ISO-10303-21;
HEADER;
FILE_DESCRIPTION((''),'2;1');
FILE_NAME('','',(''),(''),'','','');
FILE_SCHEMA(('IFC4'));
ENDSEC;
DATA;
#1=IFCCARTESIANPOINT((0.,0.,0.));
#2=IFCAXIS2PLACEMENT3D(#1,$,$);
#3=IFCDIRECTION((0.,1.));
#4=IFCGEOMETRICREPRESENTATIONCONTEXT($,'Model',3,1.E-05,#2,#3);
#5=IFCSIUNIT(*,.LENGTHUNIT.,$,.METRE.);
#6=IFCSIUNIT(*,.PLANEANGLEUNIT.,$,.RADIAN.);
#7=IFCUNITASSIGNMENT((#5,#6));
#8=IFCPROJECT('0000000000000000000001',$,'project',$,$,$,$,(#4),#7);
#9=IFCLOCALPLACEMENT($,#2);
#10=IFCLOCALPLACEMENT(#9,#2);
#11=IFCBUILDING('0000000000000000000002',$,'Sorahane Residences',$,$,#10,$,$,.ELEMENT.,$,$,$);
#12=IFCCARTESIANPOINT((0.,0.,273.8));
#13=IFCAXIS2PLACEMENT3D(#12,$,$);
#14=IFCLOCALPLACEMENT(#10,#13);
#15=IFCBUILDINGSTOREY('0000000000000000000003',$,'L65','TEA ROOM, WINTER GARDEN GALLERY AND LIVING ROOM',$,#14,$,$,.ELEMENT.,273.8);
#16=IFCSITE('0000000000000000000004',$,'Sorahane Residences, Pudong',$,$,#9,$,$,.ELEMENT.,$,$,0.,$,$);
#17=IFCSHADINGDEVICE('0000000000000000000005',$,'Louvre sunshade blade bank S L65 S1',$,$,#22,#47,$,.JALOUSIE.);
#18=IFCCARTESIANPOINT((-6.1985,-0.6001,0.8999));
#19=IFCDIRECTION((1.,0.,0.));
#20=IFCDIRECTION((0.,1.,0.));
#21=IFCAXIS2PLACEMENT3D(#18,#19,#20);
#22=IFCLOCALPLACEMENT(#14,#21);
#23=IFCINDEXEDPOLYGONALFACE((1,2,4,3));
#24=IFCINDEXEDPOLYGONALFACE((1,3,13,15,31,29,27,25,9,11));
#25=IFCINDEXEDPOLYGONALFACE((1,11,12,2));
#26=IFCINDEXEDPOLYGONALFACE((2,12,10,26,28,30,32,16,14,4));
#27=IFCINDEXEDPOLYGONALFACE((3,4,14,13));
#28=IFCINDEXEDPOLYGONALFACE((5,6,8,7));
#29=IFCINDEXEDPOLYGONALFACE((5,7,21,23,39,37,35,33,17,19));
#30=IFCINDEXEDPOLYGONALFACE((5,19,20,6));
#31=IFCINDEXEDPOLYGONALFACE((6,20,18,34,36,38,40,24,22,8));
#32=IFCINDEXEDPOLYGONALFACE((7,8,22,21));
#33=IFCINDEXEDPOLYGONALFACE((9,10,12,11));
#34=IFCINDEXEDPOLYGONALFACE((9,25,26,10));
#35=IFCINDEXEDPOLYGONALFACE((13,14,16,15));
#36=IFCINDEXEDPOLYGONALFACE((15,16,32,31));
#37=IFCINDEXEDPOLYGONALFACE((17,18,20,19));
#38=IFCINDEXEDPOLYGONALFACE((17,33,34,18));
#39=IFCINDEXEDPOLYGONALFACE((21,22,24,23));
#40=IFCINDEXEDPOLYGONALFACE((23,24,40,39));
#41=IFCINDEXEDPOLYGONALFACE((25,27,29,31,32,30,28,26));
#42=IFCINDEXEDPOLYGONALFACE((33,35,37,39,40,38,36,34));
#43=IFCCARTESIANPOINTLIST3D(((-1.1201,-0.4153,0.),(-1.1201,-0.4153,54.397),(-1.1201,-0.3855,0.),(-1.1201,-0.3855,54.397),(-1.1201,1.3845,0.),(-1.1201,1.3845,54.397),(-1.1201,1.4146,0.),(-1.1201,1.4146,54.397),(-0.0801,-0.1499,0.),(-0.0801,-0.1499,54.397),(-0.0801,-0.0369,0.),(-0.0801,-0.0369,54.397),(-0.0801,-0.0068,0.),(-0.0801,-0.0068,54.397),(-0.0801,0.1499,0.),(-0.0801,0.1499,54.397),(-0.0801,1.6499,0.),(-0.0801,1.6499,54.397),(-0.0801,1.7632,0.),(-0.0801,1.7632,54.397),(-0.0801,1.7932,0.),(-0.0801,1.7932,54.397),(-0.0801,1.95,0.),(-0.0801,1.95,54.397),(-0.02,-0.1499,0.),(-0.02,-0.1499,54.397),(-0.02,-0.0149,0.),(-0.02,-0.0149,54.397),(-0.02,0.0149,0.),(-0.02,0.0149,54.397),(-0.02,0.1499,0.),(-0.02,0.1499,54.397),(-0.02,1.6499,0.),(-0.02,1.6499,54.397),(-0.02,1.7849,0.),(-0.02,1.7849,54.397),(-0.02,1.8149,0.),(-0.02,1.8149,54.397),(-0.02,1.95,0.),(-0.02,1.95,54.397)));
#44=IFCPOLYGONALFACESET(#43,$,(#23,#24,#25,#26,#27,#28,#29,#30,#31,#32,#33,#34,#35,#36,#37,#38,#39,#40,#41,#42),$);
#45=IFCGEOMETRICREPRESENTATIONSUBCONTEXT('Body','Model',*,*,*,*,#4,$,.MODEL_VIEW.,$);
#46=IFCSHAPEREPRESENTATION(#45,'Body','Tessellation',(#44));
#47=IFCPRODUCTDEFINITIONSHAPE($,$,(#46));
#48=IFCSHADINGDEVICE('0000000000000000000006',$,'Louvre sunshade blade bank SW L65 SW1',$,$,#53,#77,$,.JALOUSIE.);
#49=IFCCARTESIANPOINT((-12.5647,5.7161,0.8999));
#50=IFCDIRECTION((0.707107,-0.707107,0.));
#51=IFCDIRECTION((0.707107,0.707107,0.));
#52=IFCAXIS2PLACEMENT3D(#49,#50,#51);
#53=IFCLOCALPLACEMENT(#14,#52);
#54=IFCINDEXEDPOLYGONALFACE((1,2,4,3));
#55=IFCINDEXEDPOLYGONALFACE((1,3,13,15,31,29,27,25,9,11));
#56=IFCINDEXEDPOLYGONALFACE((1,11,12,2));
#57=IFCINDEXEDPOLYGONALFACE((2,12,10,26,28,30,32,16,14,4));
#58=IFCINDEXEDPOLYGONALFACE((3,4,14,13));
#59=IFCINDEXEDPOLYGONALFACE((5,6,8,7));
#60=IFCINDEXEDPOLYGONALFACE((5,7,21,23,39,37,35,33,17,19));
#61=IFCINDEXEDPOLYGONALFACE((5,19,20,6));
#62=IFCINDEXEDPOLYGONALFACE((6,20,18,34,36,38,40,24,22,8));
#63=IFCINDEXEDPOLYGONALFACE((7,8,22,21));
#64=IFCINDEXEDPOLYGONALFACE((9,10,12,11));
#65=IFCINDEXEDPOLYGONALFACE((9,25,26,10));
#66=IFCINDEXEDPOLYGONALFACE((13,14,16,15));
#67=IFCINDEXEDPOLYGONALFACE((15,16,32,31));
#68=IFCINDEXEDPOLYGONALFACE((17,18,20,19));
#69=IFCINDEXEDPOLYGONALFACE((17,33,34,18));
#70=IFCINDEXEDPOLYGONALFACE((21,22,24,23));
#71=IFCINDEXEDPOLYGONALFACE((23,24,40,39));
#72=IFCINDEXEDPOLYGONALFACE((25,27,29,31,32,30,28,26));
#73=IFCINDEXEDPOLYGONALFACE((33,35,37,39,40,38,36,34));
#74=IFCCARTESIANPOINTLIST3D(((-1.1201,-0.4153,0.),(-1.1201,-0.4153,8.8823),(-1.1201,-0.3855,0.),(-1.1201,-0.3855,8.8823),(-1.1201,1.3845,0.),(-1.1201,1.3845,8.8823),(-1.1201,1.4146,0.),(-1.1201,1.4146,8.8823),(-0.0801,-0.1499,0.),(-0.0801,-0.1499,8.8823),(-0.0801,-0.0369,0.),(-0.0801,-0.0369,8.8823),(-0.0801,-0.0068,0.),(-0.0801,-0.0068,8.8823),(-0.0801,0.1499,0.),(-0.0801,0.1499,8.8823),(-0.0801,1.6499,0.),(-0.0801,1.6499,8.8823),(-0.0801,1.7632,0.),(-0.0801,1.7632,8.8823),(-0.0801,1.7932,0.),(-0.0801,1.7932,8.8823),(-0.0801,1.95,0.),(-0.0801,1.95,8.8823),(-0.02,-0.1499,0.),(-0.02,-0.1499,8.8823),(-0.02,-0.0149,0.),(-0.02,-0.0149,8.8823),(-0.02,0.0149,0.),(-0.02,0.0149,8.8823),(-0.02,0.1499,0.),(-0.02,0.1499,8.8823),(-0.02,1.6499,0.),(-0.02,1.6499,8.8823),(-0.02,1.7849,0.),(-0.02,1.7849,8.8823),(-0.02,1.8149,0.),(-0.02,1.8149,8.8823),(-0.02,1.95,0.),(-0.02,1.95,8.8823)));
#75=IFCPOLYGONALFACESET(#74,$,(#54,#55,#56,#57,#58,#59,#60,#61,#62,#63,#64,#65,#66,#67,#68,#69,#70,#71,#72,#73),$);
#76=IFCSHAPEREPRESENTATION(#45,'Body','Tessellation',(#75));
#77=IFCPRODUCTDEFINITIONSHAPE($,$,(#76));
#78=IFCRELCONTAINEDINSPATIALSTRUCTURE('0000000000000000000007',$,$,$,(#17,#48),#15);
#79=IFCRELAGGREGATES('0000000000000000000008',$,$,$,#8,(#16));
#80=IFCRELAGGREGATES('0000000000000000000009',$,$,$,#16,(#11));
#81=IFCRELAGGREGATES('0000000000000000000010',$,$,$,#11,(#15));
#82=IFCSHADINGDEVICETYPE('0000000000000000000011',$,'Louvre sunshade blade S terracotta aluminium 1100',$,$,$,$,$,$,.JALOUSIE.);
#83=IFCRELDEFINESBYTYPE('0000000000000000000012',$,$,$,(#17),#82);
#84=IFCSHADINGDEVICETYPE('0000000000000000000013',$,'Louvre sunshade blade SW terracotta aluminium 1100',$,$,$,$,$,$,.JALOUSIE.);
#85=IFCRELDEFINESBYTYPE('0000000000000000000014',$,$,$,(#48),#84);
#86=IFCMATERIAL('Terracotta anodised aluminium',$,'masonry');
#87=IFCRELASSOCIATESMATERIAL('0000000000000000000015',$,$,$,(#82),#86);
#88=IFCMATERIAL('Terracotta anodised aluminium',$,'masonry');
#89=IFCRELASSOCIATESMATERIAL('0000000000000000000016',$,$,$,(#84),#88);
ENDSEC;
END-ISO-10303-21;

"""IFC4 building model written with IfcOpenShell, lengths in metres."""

from ifc_helpers import new_model, si_unit, direction, frame, origin, place, context, subcontext, project, spatial, polyline, outline, composite_profile, extrude, material, type_object, element, save


model = new_model("IFC4")

# Units and contexts
model_context = context("Model", 3, precision=1e-05, world=origin(), true_north=direction((0.0, 1.0)))
body_context = subcontext(model_context, "Body", "Model", "MODEL_VIEW")
ifc_project = project(units=[si_unit("LENGTHUNIT", "METRE"), si_unit("PLANEANGLEUNIT", "RADIAN")], contexts=[model_context])

# Site, building, storey
site_placement = place(None, origin())
site = spatial("IfcSite", under=ifc_project, at=site_placement, Name="Sorahane Residences, Pudong", CompositionType="ELEMENT", RefElevation=0.0)
building_placement = place(site_placement, origin())
building = spatial("IfcBuilding", under=site, at=building_placement, Name="Sorahane Residences", CompositionType="ELEMENT")
storey_placement = place(building_placement, frame((0.0, 0.0, 273.8)))
storey = spatial("IfcBuildingStorey", under=building, at=storey_placement, Name="L65", Description="TEA ROOM, WINTER GARDEN GALLERY AND LIVING ROOM", CompositionType="ELEMENT", Elevation=273.8)

# Shading devices
ifc_material_1 = material(Name="Terracotta anodised aluminium", Category="masonry")
shading_device_type_1 = type_object("IfcShadingDeviceType", Name="Louvre sunshade blade S terracotta aluminium 1100", PredefinedType="JALOUSIE", material=ifc_material_1)
shading_device_1_placement = place(storey_placement, frame((-6.1985, -0.6001, 0.8999), z_axis=(1.0, 0.0, 0.0), x_axis=(0.0, 1.0, 0.0)))
element("IfcShadingDevice", 1, at=shading_device_1_placement, inside=storey, type_object=shading_device_type_1, Name="Louvre sunshade blade bank S L65 S1", PredefinedType="JALOUSIE", context=body_context, shape_type="SweptSolid", body=[
    extrude(composite_profile([outline(polyline([(-1.1201, -0.3855), (-1.1201, -0.4153), (-0.0801, -0.0369), (-0.0801, -0.1499), (-0.02, -0.1499), (-0.02, -0.0149), (-0.02, 0.0149), (-0.02, 0.1499), (-0.0801, 0.1499), (-0.0801, -0.0068), (-1.1201, -0.3855)])), outline(polyline([(-1.1201, 1.4146), (-1.1201, 1.3845), (-0.0801, 1.7632), (-0.0801, 1.6499), (-0.02, 1.6499), (-0.02, 1.7849), (-0.02, 1.8149), (-0.02, 1.95), (-0.0801, 1.95), (-0.0801, 1.7932), (-1.1201, 1.4146)]))]), origin(), (0.0, 0.0, 1.0), 54.397),
])
ifc_material_2 = material(Name="Terracotta anodised aluminium", Category="masonry")
shading_device_type_2 = type_object("IfcShadingDeviceType", Name="Louvre sunshade blade SW terracotta aluminium 1100", PredefinedType="JALOUSIE", material=ifc_material_2)
shading_device_2_placement = place(storey_placement, frame((-12.5647, 5.7161, 0.8999), z_axis=(0.707107, -0.707107, 0.0), x_axis=(0.707107, 0.707107, 0.0)))
element("IfcShadingDevice", 2, at=shading_device_2_placement, inside=storey, type_object=shading_device_type_2, Name="Louvre sunshade blade bank SW L65 SW1", PredefinedType="JALOUSIE", context=body_context, shape_type="SweptSolid", body=[
    extrude(composite_profile([outline(polyline([(-1.1201, -0.3855), (-1.1201, -0.4153), (-0.0801, -0.0369), (-0.0801, -0.1499), (-0.02, -0.1499), (-0.02, -0.0149), (-0.02, 0.0149), (-0.02, 0.1499), (-0.0801, 0.1499), (-0.0801, -0.0068), (-1.1201, -0.3855)])), outline(polyline([(-1.1201, 1.4146), (-1.1201, 1.3845), (-0.0801, 1.7632), (-0.0801, 1.6499), (-0.02, 1.6499), (-0.02, 1.7849), (-0.02, 1.8149), (-0.02, 1.95), (-0.0801, 1.95), (-0.0801, 1.7932), (-1.1201, 1.4146)]))]), origin(), (0.0, 0.0, 1.0), 8.8823),
])

save(model, "model.ifc")
